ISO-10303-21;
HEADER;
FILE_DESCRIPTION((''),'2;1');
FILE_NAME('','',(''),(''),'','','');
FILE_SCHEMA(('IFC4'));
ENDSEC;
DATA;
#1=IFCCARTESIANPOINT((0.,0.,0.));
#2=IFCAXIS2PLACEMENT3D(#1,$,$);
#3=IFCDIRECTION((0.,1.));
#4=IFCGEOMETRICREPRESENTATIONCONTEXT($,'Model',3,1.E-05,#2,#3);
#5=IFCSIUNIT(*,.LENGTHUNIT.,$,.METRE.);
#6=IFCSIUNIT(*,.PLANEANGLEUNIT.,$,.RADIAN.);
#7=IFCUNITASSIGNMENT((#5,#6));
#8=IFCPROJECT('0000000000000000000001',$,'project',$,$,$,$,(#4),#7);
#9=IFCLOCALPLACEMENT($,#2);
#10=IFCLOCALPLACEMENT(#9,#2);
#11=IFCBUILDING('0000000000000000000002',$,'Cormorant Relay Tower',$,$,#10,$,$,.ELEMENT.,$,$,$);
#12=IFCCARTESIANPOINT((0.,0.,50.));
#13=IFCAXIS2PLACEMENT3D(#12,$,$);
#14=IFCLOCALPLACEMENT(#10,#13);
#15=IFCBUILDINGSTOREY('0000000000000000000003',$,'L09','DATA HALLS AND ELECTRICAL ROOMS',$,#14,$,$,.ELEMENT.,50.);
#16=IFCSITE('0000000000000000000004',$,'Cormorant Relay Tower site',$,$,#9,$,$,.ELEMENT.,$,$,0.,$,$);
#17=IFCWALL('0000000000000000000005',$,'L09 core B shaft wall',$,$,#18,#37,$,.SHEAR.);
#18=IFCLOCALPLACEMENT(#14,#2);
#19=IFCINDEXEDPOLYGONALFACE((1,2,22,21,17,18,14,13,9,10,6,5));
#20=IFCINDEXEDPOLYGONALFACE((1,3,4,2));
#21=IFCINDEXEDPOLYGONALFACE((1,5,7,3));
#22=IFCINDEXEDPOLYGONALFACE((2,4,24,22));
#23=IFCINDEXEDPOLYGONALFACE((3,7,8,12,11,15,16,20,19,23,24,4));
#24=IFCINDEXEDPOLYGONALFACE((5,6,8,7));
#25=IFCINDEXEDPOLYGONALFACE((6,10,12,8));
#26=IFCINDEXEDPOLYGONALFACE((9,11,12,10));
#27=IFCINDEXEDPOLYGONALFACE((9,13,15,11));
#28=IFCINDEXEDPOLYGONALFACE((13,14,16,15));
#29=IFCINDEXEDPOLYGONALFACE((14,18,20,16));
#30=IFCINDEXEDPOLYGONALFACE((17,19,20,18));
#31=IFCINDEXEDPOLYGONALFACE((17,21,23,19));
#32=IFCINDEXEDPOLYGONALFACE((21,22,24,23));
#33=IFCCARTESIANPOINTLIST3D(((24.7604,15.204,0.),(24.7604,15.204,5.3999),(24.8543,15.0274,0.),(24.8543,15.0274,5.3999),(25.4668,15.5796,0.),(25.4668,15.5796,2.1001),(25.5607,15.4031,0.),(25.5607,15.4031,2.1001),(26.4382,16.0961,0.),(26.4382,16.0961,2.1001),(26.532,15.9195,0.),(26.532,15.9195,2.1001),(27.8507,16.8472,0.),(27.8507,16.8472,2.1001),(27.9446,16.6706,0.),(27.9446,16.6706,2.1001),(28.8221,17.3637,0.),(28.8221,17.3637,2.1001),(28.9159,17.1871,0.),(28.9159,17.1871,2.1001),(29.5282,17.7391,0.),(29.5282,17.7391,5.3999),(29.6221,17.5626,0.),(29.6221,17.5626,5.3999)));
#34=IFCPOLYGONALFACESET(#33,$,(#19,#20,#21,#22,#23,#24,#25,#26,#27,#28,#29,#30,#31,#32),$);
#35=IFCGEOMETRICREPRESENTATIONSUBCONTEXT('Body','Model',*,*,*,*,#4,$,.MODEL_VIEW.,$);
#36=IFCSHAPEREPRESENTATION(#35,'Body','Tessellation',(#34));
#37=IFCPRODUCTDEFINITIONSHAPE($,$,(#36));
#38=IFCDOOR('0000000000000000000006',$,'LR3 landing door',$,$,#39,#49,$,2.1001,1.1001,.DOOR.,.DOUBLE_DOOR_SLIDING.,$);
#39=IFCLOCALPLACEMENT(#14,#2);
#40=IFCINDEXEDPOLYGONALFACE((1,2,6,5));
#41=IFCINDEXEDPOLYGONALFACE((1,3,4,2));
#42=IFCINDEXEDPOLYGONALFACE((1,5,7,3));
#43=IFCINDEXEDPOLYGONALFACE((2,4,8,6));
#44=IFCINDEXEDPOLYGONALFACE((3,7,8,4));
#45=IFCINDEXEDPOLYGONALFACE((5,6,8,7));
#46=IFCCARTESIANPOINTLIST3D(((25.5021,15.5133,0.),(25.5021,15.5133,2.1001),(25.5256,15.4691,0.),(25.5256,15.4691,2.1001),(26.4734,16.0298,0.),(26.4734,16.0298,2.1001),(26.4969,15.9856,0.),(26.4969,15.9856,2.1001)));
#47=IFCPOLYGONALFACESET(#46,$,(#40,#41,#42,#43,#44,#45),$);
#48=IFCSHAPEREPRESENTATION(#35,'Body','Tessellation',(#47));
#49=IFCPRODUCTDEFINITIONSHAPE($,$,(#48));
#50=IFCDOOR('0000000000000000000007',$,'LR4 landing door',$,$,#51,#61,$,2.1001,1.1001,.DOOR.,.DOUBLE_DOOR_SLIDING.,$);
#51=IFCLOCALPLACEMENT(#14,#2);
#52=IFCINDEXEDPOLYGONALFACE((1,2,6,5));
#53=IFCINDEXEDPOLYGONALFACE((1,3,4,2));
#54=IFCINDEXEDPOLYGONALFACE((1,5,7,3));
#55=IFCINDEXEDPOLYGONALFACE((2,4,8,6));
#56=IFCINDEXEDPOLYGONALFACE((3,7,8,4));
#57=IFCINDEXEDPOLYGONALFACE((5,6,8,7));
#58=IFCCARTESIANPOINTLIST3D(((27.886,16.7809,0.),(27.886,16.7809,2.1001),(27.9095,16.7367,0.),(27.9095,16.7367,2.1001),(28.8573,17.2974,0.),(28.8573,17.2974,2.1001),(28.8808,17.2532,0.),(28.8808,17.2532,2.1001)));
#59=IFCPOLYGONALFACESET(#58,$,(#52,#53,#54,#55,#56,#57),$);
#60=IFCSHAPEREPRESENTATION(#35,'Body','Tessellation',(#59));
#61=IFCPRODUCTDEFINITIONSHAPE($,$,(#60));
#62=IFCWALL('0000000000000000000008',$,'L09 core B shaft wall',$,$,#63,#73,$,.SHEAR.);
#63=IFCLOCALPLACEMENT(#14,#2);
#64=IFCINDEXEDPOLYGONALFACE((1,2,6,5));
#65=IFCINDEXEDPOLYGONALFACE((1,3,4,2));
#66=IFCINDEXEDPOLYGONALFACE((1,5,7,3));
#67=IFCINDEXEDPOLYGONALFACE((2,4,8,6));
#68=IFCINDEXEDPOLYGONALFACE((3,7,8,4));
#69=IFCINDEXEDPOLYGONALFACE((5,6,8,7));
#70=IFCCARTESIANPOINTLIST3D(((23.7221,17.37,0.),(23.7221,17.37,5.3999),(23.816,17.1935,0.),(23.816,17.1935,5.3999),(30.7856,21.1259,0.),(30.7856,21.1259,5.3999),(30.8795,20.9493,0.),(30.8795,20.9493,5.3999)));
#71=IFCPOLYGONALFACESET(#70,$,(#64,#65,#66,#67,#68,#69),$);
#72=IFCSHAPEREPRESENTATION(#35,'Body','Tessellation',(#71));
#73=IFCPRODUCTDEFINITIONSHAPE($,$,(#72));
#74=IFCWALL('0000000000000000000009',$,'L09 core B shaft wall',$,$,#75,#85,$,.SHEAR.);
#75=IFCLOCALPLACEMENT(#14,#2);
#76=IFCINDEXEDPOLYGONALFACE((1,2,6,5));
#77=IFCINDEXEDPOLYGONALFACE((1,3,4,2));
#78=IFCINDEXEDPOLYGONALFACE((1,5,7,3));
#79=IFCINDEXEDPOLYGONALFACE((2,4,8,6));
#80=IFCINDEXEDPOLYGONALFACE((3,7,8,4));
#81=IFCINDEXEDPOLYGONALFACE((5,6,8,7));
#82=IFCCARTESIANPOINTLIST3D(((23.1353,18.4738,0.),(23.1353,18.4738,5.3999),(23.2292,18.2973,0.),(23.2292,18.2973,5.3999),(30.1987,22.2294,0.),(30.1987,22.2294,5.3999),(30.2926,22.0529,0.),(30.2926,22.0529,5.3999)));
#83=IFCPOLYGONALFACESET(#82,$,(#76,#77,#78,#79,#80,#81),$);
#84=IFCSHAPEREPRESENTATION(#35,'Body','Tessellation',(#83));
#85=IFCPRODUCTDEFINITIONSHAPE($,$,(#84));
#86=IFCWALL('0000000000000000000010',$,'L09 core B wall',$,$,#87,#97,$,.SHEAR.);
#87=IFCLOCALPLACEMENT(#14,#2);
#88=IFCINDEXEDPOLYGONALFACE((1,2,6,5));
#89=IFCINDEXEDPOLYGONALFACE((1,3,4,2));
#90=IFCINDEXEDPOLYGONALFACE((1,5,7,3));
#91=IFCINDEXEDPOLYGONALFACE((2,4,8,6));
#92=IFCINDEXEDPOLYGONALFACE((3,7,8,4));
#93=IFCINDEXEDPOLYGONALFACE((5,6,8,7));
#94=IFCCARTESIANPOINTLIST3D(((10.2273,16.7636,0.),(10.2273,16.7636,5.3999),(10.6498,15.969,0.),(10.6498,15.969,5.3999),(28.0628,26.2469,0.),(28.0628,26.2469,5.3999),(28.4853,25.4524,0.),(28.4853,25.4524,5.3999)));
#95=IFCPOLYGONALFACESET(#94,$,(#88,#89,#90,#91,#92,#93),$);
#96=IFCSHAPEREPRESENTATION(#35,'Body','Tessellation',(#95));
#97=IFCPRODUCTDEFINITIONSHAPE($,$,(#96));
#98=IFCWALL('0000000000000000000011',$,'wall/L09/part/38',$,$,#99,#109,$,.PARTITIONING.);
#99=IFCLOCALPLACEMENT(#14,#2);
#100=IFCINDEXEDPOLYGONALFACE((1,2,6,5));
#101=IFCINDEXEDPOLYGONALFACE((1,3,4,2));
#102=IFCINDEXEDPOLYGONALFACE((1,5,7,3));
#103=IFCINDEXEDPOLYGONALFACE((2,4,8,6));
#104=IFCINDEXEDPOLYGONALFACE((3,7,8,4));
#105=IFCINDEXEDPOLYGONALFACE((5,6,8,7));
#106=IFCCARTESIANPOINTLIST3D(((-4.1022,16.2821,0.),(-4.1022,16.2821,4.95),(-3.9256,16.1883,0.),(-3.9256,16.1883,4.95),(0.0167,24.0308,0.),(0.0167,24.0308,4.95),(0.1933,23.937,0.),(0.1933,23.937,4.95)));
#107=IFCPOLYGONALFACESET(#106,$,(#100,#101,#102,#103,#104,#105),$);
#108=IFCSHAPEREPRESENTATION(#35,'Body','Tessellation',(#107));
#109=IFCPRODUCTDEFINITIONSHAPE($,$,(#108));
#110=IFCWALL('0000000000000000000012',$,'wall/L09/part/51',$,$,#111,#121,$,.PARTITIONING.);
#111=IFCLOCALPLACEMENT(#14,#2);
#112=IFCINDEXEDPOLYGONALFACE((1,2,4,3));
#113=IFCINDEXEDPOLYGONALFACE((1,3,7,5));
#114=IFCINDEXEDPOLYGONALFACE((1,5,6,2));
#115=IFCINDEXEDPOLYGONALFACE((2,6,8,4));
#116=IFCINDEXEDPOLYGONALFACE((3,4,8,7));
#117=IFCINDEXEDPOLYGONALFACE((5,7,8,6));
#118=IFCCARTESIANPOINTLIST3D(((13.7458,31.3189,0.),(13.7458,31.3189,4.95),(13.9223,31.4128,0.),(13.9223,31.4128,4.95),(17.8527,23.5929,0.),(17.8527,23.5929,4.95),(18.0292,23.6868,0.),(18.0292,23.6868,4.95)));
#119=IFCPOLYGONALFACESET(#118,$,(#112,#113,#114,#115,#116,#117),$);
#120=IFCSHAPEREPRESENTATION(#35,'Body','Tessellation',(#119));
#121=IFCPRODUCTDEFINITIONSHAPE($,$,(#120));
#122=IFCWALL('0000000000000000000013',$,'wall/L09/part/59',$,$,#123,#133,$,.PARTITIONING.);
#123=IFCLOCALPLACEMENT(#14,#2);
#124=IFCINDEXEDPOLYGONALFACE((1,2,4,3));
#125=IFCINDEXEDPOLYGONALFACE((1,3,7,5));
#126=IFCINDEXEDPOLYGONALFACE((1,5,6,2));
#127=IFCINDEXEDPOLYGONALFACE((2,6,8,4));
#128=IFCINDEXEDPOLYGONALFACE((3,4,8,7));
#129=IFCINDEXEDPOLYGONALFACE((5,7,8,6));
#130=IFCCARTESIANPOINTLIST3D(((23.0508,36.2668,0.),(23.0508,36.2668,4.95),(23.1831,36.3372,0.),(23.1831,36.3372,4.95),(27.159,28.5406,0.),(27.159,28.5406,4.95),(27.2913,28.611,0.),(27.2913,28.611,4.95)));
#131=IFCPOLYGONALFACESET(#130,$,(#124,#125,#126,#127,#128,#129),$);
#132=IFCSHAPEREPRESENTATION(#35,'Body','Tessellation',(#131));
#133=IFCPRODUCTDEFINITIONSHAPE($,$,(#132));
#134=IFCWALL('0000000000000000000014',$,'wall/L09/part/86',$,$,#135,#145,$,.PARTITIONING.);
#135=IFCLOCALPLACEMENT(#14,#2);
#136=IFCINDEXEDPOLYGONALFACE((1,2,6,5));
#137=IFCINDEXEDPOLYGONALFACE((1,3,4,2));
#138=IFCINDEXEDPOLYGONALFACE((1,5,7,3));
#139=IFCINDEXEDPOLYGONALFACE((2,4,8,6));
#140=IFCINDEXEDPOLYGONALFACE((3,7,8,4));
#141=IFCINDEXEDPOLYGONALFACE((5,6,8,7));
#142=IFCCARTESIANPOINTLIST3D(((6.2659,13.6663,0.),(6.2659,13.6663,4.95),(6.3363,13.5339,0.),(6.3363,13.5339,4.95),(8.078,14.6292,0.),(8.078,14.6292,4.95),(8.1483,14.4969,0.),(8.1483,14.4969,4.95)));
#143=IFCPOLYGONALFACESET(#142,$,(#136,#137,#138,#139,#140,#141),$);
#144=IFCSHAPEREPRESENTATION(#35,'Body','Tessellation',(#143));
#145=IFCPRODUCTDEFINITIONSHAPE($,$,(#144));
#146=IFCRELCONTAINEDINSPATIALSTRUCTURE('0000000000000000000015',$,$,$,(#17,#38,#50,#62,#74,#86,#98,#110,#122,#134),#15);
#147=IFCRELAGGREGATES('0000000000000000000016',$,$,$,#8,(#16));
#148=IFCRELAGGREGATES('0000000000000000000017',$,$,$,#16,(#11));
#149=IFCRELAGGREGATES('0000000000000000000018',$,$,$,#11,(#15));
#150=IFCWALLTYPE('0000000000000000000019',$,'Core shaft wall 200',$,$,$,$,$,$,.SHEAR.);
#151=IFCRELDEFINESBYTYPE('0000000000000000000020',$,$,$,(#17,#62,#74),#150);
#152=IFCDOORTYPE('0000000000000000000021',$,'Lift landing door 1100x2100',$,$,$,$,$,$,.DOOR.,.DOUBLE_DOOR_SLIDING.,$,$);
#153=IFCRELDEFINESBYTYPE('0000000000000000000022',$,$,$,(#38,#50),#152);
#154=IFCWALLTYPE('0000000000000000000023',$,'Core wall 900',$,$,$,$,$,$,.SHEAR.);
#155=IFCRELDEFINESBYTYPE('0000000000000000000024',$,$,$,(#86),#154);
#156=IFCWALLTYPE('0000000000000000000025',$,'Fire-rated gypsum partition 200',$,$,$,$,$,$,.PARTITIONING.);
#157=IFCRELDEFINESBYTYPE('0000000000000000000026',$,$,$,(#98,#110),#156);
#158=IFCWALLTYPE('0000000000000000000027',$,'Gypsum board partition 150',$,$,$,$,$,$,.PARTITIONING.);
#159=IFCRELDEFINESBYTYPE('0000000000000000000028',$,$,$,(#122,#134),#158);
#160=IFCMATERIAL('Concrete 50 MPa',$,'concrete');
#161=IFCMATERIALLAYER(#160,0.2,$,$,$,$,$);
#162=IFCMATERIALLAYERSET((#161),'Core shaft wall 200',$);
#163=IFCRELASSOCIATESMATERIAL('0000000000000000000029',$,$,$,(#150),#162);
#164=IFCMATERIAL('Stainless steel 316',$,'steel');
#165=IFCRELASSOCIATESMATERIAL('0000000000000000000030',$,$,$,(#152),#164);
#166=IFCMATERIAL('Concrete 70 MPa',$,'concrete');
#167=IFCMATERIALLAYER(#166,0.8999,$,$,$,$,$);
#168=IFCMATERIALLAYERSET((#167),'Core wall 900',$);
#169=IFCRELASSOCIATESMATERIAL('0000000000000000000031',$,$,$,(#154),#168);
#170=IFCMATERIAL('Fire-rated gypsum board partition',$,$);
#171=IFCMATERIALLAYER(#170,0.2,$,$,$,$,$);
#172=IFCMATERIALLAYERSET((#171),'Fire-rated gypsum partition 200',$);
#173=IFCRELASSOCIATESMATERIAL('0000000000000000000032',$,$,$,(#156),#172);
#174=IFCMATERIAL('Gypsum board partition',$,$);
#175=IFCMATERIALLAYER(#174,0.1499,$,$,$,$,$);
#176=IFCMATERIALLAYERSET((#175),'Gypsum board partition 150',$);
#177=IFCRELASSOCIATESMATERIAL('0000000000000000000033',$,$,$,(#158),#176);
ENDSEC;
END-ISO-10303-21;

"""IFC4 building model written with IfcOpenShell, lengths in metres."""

from ifc_helpers import new_model, si_unit, direction, frame, frame_2d, origin, place, context, subcontext, project, spatial, rectangle, extrude, material, layer, layer_set, type_object, element, fill, save


model = new_model("IFC4")

# Units and contexts
model_context = context("Model", 3, precision=1e-05, world=origin(), true_north=direction((0.0, 1.0)))
body_context = subcontext(model_context, "Body", "Model", "MODEL_VIEW")
ifc_project = project(units=[si_unit("LENGTHUNIT", "METRE"), si_unit("PLANEANGLEUNIT", "RADIAN")], contexts=[model_context])

# Site, building, storey
site_placement = place(None, origin())
site = spatial("IfcSite", under=ifc_project, at=site_placement, Name="Cormorant Relay Tower site", CompositionType="ELEMENT", RefElevation=0.0)
building_placement = place(site_placement, origin())
building = spatial("IfcBuilding", under=site, at=building_placement, Name="Cormorant Relay Tower", CompositionType="ELEMENT")
storey_placement = place(building_placement, frame((0.0, 0.0, 50.0)))
storey = spatial("IfcBuildingStorey", under=building, at=storey_placement, Name="L09", Description="DATA HALLS AND ELECTRICAL ROOMS", CompositionType="ELEMENT", Elevation=50.0)

# Shared definitions
ifc_material_1 = material(Name="Concrete 50 MPa", Category="concrete")
ifc_layer_1 = layer(ifc_material_1, 0.2)
ifc_layer_set_1 = layer_set([ifc_layer_1], Name="Core shaft wall 200")
wall_type_1 = type_object("IfcWallType", Name="Core shaft wall 200", PredefinedType="SHEAR", material=ifc_layer_set_1)

# Wall, openings, doors
wall_1_placement = place(storey_placement, frame((24.8074, 15.1157, 0.0), z_axis=(0.0, 0.0, 1.0), x_axis=(0.882943, 0.46948, 0.0)))
wall_1 = element("IfcWall", 1, at=wall_1_placement, inside=storey, type_object=wall_type_1, Name="L09 core B shaft wall", PredefinedType="SHEAR", context=body_context, shape_type="SweptSolid", body=[
    extrude(rectangle(XDim=5.3999, YDim=0.2, at=frame_2d((2.7, 0.0))), origin(), (0.0, 0.0, 1.0), 5.3999),
])
opening_1_placement = place(wall_1_placement, frame((0.8, 0.0, 0.0)))
opening_1 = element("IfcOpeningElement", 2, at=opening_1_placement, cuts=wall_1, PredefinedType="OPENING", context=body_context, shape_type="SweptSolid", body=[
    extrude(rectangle(XDim=1.1001, YDim=2.1001, at=frame_2d((0.55, 1.05))), frame((0.0, 0.1099, 0.0), z_axis=(0.0, -1.0, 0.0), x_axis=(1.0, 0.0, 0.0)), (0.0, 0.0, 1.0), 0.22),
])
opening_2_placement = place(wall_1_placement, frame((3.5, 0.0, 0.0)))
opening_2 = element("IfcOpeningElement", 3, at=opening_2_placement, cuts=wall_1, PredefinedType="OPENING", context=body_context, shape_type="SweptSolid", body=[
    extrude(rectangle(XDim=1.1001, YDim=2.1001, at=frame_2d((0.55, 1.05))), frame((0.0, 0.1099, 0.0), z_axis=(0.0, -1.0, 0.0), x_axis=(1.0, 0.0, 0.0)), (0.0, 0.0, 1.0), 0.22),
])
ifc_material_2 = material(Name="Stainless steel 316", Category="steel")
door_type_1 = type_object("IfcDoorType", Name="Lift landing door 1100x2100", OperationType="DOUBLE_DOOR_SLIDING", PredefinedType="DOOR", material=ifc_material_2)
door_1_placement = place(opening_1_placement, origin())
door_1 = element("IfcDoor", 4, at=door_1_placement, inside=storey, type_object=door_type_1, Name="LR3 landing door", OperationType="DOUBLE_DOOR_SLIDING", OverallHeight=2.1001, OverallWidth=1.1001, PredefinedType="DOOR", context=body_context, shape_type="SweptSolid", body=[
    extrude(rectangle(XDim=1.1001, YDim=2.1001, at=frame_2d((0.55, 1.05))), frame((0.0, 0.0249, 0.0), z_axis=(0.0, -1.0, 0.0), x_axis=(1.0, 0.0, 0.0)), (0.0, 0.0, 1.0), 0.05),
])
fill(opening_1, door_1)
door_2_placement = place(opening_2_placement, origin())
door_2 = element("IfcDoor", 5, at=door_2_placement, inside=storey, type_object=door_type_1, Name="LR4 landing door", OperationType="DOUBLE_DOOR_SLIDING", OverallHeight=2.1001, OverallWidth=1.1001, PredefinedType="DOOR", context=body_context, shape_type="SweptSolid", body=[
    extrude(rectangle(XDim=1.1001, YDim=2.1001, at=frame_2d((0.55, 1.05))), frame((0.0, 0.0249, 0.0), z_axis=(0.0, -1.0, 0.0), x_axis=(1.0, 0.0, 0.0)), (0.0, 0.0, 1.0), 0.05),
])
fill(opening_2, door_2)

# Walls
wall_2_placement = place(storey_placement, frame((23.769, 17.2817, 0.0), z_axis=(0.0, 0.0, 1.0), x_axis=(0.88294, 0.469485, 0.0)))
element("IfcWall", 6, at=wall_2_placement, inside=storey, type_object=wall_type_1, Name="L09 core B shaft wall", PredefinedType="SHEAR", context=body_context, shape_type="SweptSolid", body=[
    extrude(rectangle(XDim=8.0, YDim=0.2, at=frame_2d((4.0, 0.0))), origin(), (0.0, 0.0, 1.0), 5.3999),
])
wall_3_placement = place(storey_placement, frame((23.1821, 18.3855, 0.0), z_axis=(0.0, 0.0, 1.0), x_axis=(0.882953, 0.469462, 0.0)))
element("IfcWall", 7, at=wall_3_placement, inside=storey, type_object=wall_type_1, Name="L09 core B shaft wall", PredefinedType="SHEAR", context=body_context, shape_type="SweptSolid", body=[
    extrude(rectangle(XDim=7.9998, YDim=0.2, at=frame_2d((4.0, 0.0))), origin(), (0.0, 0.0, 1.0), 5.3999),
])
ifc_material_3 = material(Name="Concrete 70 MPa", Category="concrete")
ifc_layer_2 = layer(ifc_material_3, 0.8999)
ifc_layer_set_2 = layer_set([ifc_layer_2], Name="Core wall 900")
wall_type_2 = type_object("IfcWallType", Name="Core wall 900", PredefinedType="SHEAR", material=ifc_layer_set_2)
wall_4_placement = place(storey_placement, frame((10.4385, 16.3662, 0.0), z_axis=(0.0, 0.0, 1.0), x_axis=(0.882945, 0.469476, 0.0)))
element("IfcWall", 8, at=wall_4_placement, inside=storey, type_object=wall_type_2, Name="L09 core B wall", PredefinedType="SHEAR", context=body_context, shape_type="SweptSolid", body=[
    extrude(rectangle(XDim=20.2, YDim=0.8999, at=frame_2d((10.1001, 0.0))), origin(), (0.0, 0.0, 1.0), 5.3999),
])
ifc_material_4 = material(Name="Fire-rated gypsum board partition")
ifc_layer_3 = layer(ifc_material_4, 0.2)
ifc_layer_set_3 = layer_set([ifc_layer_3], Name="Fire-rated gypsum partition 200")
wall_type_3 = type_object("IfcWallType", Name="Fire-rated gypsum partition 200", PredefinedType="PARTITIONING", material=ifc_layer_set_3)
wall_5_placement = place(storey_placement, frame((0.105, 23.9839, 0.0), z_axis=(0.0, 0.0, 1.0), x_axis=(-0.469365, -0.883004, 0.0)))
element("IfcWall", 9, at=wall_5_placement, inside=storey, type_object=wall_type_3, Name="wall/L09/part/38", PredefinedType="PARTITIONING", context=body_context, shape_type="SweptSolid", body=[
    extrude(rectangle(XDim=8.7754, YDim=0.2, at=frame_2d((4.3877, 0.0))), origin(), (0.0, 0.0, 1.0), 4.95),
])
wall_6_placement = place(storey_placement, frame((13.834, 31.366, 0.0), z_axis=(0.0, 0.0, 1.0), x_axis=(0.469374, -0.882999, 0.0)))
element("IfcWall", 10, at=wall_6_placement, inside=storey, type_object=wall_type_3, Name="wall/L09/part/51", PredefinedType="PARTITIONING", context=body_context, shape_type="SweptSolid", body=[
    extrude(rectangle(XDim=8.7498, YDim=0.2, at=frame_2d((4.375, 0.0))), origin(), (0.0, 0.0, 1.0), 4.95),
])
ifc_material_5 = material(Name="Gypsum board partition")
ifc_layer_4 = layer(ifc_material_5, 0.1499)
ifc_layer_set_4 = layer_set([ifc_layer_4], Name="Gypsum board partition 150")
wall_type_4 = type_object("IfcWallType", Name="Gypsum board partition 150", PredefinedType="PARTITIONING", material=ifc_layer_set_4)
wall_7_placement = place(storey_placement, frame((23.1169, 36.302, 0.0), z_axis=(0.0, 0.0, 1.0), x_axis=(0.469483, -0.882942, 0.0)))
element("IfcWall", 11, at=wall_7_placement, inside=storey, type_object=wall_type_4, Name="wall/L09/part/59", PredefinedType="PARTITIONING", context=body_context, shape_type="SweptSolid", body=[
    extrude(rectangle(XDim=8.7505, YDim=0.1499, at=frame_2d((4.3752, 0.0))), origin(), (0.0, 0.0, 1.0), 4.95),
])
wall_8_placement = place(storey_placement, frame((8.113, 14.563, 0.0), z_axis=(0.0, 0.0, 1.0), x_axis=(-0.883063, -0.469254, 0.0)))
element("IfcWall", 12, at=wall_8_placement, inside=storey, type_object=wall_type_4, Name="wall/L09/part/86", PredefinedType="PARTITIONING", context=body_context, shape_type="SweptSolid", body=[
    extrude(rectangle(XDim=2.052, YDim=0.1499, at=frame_2d((1.0259, 0.0))), origin(), (0.0, 0.0, 1.0), 4.95),
])

save(model, "model.ifc")
